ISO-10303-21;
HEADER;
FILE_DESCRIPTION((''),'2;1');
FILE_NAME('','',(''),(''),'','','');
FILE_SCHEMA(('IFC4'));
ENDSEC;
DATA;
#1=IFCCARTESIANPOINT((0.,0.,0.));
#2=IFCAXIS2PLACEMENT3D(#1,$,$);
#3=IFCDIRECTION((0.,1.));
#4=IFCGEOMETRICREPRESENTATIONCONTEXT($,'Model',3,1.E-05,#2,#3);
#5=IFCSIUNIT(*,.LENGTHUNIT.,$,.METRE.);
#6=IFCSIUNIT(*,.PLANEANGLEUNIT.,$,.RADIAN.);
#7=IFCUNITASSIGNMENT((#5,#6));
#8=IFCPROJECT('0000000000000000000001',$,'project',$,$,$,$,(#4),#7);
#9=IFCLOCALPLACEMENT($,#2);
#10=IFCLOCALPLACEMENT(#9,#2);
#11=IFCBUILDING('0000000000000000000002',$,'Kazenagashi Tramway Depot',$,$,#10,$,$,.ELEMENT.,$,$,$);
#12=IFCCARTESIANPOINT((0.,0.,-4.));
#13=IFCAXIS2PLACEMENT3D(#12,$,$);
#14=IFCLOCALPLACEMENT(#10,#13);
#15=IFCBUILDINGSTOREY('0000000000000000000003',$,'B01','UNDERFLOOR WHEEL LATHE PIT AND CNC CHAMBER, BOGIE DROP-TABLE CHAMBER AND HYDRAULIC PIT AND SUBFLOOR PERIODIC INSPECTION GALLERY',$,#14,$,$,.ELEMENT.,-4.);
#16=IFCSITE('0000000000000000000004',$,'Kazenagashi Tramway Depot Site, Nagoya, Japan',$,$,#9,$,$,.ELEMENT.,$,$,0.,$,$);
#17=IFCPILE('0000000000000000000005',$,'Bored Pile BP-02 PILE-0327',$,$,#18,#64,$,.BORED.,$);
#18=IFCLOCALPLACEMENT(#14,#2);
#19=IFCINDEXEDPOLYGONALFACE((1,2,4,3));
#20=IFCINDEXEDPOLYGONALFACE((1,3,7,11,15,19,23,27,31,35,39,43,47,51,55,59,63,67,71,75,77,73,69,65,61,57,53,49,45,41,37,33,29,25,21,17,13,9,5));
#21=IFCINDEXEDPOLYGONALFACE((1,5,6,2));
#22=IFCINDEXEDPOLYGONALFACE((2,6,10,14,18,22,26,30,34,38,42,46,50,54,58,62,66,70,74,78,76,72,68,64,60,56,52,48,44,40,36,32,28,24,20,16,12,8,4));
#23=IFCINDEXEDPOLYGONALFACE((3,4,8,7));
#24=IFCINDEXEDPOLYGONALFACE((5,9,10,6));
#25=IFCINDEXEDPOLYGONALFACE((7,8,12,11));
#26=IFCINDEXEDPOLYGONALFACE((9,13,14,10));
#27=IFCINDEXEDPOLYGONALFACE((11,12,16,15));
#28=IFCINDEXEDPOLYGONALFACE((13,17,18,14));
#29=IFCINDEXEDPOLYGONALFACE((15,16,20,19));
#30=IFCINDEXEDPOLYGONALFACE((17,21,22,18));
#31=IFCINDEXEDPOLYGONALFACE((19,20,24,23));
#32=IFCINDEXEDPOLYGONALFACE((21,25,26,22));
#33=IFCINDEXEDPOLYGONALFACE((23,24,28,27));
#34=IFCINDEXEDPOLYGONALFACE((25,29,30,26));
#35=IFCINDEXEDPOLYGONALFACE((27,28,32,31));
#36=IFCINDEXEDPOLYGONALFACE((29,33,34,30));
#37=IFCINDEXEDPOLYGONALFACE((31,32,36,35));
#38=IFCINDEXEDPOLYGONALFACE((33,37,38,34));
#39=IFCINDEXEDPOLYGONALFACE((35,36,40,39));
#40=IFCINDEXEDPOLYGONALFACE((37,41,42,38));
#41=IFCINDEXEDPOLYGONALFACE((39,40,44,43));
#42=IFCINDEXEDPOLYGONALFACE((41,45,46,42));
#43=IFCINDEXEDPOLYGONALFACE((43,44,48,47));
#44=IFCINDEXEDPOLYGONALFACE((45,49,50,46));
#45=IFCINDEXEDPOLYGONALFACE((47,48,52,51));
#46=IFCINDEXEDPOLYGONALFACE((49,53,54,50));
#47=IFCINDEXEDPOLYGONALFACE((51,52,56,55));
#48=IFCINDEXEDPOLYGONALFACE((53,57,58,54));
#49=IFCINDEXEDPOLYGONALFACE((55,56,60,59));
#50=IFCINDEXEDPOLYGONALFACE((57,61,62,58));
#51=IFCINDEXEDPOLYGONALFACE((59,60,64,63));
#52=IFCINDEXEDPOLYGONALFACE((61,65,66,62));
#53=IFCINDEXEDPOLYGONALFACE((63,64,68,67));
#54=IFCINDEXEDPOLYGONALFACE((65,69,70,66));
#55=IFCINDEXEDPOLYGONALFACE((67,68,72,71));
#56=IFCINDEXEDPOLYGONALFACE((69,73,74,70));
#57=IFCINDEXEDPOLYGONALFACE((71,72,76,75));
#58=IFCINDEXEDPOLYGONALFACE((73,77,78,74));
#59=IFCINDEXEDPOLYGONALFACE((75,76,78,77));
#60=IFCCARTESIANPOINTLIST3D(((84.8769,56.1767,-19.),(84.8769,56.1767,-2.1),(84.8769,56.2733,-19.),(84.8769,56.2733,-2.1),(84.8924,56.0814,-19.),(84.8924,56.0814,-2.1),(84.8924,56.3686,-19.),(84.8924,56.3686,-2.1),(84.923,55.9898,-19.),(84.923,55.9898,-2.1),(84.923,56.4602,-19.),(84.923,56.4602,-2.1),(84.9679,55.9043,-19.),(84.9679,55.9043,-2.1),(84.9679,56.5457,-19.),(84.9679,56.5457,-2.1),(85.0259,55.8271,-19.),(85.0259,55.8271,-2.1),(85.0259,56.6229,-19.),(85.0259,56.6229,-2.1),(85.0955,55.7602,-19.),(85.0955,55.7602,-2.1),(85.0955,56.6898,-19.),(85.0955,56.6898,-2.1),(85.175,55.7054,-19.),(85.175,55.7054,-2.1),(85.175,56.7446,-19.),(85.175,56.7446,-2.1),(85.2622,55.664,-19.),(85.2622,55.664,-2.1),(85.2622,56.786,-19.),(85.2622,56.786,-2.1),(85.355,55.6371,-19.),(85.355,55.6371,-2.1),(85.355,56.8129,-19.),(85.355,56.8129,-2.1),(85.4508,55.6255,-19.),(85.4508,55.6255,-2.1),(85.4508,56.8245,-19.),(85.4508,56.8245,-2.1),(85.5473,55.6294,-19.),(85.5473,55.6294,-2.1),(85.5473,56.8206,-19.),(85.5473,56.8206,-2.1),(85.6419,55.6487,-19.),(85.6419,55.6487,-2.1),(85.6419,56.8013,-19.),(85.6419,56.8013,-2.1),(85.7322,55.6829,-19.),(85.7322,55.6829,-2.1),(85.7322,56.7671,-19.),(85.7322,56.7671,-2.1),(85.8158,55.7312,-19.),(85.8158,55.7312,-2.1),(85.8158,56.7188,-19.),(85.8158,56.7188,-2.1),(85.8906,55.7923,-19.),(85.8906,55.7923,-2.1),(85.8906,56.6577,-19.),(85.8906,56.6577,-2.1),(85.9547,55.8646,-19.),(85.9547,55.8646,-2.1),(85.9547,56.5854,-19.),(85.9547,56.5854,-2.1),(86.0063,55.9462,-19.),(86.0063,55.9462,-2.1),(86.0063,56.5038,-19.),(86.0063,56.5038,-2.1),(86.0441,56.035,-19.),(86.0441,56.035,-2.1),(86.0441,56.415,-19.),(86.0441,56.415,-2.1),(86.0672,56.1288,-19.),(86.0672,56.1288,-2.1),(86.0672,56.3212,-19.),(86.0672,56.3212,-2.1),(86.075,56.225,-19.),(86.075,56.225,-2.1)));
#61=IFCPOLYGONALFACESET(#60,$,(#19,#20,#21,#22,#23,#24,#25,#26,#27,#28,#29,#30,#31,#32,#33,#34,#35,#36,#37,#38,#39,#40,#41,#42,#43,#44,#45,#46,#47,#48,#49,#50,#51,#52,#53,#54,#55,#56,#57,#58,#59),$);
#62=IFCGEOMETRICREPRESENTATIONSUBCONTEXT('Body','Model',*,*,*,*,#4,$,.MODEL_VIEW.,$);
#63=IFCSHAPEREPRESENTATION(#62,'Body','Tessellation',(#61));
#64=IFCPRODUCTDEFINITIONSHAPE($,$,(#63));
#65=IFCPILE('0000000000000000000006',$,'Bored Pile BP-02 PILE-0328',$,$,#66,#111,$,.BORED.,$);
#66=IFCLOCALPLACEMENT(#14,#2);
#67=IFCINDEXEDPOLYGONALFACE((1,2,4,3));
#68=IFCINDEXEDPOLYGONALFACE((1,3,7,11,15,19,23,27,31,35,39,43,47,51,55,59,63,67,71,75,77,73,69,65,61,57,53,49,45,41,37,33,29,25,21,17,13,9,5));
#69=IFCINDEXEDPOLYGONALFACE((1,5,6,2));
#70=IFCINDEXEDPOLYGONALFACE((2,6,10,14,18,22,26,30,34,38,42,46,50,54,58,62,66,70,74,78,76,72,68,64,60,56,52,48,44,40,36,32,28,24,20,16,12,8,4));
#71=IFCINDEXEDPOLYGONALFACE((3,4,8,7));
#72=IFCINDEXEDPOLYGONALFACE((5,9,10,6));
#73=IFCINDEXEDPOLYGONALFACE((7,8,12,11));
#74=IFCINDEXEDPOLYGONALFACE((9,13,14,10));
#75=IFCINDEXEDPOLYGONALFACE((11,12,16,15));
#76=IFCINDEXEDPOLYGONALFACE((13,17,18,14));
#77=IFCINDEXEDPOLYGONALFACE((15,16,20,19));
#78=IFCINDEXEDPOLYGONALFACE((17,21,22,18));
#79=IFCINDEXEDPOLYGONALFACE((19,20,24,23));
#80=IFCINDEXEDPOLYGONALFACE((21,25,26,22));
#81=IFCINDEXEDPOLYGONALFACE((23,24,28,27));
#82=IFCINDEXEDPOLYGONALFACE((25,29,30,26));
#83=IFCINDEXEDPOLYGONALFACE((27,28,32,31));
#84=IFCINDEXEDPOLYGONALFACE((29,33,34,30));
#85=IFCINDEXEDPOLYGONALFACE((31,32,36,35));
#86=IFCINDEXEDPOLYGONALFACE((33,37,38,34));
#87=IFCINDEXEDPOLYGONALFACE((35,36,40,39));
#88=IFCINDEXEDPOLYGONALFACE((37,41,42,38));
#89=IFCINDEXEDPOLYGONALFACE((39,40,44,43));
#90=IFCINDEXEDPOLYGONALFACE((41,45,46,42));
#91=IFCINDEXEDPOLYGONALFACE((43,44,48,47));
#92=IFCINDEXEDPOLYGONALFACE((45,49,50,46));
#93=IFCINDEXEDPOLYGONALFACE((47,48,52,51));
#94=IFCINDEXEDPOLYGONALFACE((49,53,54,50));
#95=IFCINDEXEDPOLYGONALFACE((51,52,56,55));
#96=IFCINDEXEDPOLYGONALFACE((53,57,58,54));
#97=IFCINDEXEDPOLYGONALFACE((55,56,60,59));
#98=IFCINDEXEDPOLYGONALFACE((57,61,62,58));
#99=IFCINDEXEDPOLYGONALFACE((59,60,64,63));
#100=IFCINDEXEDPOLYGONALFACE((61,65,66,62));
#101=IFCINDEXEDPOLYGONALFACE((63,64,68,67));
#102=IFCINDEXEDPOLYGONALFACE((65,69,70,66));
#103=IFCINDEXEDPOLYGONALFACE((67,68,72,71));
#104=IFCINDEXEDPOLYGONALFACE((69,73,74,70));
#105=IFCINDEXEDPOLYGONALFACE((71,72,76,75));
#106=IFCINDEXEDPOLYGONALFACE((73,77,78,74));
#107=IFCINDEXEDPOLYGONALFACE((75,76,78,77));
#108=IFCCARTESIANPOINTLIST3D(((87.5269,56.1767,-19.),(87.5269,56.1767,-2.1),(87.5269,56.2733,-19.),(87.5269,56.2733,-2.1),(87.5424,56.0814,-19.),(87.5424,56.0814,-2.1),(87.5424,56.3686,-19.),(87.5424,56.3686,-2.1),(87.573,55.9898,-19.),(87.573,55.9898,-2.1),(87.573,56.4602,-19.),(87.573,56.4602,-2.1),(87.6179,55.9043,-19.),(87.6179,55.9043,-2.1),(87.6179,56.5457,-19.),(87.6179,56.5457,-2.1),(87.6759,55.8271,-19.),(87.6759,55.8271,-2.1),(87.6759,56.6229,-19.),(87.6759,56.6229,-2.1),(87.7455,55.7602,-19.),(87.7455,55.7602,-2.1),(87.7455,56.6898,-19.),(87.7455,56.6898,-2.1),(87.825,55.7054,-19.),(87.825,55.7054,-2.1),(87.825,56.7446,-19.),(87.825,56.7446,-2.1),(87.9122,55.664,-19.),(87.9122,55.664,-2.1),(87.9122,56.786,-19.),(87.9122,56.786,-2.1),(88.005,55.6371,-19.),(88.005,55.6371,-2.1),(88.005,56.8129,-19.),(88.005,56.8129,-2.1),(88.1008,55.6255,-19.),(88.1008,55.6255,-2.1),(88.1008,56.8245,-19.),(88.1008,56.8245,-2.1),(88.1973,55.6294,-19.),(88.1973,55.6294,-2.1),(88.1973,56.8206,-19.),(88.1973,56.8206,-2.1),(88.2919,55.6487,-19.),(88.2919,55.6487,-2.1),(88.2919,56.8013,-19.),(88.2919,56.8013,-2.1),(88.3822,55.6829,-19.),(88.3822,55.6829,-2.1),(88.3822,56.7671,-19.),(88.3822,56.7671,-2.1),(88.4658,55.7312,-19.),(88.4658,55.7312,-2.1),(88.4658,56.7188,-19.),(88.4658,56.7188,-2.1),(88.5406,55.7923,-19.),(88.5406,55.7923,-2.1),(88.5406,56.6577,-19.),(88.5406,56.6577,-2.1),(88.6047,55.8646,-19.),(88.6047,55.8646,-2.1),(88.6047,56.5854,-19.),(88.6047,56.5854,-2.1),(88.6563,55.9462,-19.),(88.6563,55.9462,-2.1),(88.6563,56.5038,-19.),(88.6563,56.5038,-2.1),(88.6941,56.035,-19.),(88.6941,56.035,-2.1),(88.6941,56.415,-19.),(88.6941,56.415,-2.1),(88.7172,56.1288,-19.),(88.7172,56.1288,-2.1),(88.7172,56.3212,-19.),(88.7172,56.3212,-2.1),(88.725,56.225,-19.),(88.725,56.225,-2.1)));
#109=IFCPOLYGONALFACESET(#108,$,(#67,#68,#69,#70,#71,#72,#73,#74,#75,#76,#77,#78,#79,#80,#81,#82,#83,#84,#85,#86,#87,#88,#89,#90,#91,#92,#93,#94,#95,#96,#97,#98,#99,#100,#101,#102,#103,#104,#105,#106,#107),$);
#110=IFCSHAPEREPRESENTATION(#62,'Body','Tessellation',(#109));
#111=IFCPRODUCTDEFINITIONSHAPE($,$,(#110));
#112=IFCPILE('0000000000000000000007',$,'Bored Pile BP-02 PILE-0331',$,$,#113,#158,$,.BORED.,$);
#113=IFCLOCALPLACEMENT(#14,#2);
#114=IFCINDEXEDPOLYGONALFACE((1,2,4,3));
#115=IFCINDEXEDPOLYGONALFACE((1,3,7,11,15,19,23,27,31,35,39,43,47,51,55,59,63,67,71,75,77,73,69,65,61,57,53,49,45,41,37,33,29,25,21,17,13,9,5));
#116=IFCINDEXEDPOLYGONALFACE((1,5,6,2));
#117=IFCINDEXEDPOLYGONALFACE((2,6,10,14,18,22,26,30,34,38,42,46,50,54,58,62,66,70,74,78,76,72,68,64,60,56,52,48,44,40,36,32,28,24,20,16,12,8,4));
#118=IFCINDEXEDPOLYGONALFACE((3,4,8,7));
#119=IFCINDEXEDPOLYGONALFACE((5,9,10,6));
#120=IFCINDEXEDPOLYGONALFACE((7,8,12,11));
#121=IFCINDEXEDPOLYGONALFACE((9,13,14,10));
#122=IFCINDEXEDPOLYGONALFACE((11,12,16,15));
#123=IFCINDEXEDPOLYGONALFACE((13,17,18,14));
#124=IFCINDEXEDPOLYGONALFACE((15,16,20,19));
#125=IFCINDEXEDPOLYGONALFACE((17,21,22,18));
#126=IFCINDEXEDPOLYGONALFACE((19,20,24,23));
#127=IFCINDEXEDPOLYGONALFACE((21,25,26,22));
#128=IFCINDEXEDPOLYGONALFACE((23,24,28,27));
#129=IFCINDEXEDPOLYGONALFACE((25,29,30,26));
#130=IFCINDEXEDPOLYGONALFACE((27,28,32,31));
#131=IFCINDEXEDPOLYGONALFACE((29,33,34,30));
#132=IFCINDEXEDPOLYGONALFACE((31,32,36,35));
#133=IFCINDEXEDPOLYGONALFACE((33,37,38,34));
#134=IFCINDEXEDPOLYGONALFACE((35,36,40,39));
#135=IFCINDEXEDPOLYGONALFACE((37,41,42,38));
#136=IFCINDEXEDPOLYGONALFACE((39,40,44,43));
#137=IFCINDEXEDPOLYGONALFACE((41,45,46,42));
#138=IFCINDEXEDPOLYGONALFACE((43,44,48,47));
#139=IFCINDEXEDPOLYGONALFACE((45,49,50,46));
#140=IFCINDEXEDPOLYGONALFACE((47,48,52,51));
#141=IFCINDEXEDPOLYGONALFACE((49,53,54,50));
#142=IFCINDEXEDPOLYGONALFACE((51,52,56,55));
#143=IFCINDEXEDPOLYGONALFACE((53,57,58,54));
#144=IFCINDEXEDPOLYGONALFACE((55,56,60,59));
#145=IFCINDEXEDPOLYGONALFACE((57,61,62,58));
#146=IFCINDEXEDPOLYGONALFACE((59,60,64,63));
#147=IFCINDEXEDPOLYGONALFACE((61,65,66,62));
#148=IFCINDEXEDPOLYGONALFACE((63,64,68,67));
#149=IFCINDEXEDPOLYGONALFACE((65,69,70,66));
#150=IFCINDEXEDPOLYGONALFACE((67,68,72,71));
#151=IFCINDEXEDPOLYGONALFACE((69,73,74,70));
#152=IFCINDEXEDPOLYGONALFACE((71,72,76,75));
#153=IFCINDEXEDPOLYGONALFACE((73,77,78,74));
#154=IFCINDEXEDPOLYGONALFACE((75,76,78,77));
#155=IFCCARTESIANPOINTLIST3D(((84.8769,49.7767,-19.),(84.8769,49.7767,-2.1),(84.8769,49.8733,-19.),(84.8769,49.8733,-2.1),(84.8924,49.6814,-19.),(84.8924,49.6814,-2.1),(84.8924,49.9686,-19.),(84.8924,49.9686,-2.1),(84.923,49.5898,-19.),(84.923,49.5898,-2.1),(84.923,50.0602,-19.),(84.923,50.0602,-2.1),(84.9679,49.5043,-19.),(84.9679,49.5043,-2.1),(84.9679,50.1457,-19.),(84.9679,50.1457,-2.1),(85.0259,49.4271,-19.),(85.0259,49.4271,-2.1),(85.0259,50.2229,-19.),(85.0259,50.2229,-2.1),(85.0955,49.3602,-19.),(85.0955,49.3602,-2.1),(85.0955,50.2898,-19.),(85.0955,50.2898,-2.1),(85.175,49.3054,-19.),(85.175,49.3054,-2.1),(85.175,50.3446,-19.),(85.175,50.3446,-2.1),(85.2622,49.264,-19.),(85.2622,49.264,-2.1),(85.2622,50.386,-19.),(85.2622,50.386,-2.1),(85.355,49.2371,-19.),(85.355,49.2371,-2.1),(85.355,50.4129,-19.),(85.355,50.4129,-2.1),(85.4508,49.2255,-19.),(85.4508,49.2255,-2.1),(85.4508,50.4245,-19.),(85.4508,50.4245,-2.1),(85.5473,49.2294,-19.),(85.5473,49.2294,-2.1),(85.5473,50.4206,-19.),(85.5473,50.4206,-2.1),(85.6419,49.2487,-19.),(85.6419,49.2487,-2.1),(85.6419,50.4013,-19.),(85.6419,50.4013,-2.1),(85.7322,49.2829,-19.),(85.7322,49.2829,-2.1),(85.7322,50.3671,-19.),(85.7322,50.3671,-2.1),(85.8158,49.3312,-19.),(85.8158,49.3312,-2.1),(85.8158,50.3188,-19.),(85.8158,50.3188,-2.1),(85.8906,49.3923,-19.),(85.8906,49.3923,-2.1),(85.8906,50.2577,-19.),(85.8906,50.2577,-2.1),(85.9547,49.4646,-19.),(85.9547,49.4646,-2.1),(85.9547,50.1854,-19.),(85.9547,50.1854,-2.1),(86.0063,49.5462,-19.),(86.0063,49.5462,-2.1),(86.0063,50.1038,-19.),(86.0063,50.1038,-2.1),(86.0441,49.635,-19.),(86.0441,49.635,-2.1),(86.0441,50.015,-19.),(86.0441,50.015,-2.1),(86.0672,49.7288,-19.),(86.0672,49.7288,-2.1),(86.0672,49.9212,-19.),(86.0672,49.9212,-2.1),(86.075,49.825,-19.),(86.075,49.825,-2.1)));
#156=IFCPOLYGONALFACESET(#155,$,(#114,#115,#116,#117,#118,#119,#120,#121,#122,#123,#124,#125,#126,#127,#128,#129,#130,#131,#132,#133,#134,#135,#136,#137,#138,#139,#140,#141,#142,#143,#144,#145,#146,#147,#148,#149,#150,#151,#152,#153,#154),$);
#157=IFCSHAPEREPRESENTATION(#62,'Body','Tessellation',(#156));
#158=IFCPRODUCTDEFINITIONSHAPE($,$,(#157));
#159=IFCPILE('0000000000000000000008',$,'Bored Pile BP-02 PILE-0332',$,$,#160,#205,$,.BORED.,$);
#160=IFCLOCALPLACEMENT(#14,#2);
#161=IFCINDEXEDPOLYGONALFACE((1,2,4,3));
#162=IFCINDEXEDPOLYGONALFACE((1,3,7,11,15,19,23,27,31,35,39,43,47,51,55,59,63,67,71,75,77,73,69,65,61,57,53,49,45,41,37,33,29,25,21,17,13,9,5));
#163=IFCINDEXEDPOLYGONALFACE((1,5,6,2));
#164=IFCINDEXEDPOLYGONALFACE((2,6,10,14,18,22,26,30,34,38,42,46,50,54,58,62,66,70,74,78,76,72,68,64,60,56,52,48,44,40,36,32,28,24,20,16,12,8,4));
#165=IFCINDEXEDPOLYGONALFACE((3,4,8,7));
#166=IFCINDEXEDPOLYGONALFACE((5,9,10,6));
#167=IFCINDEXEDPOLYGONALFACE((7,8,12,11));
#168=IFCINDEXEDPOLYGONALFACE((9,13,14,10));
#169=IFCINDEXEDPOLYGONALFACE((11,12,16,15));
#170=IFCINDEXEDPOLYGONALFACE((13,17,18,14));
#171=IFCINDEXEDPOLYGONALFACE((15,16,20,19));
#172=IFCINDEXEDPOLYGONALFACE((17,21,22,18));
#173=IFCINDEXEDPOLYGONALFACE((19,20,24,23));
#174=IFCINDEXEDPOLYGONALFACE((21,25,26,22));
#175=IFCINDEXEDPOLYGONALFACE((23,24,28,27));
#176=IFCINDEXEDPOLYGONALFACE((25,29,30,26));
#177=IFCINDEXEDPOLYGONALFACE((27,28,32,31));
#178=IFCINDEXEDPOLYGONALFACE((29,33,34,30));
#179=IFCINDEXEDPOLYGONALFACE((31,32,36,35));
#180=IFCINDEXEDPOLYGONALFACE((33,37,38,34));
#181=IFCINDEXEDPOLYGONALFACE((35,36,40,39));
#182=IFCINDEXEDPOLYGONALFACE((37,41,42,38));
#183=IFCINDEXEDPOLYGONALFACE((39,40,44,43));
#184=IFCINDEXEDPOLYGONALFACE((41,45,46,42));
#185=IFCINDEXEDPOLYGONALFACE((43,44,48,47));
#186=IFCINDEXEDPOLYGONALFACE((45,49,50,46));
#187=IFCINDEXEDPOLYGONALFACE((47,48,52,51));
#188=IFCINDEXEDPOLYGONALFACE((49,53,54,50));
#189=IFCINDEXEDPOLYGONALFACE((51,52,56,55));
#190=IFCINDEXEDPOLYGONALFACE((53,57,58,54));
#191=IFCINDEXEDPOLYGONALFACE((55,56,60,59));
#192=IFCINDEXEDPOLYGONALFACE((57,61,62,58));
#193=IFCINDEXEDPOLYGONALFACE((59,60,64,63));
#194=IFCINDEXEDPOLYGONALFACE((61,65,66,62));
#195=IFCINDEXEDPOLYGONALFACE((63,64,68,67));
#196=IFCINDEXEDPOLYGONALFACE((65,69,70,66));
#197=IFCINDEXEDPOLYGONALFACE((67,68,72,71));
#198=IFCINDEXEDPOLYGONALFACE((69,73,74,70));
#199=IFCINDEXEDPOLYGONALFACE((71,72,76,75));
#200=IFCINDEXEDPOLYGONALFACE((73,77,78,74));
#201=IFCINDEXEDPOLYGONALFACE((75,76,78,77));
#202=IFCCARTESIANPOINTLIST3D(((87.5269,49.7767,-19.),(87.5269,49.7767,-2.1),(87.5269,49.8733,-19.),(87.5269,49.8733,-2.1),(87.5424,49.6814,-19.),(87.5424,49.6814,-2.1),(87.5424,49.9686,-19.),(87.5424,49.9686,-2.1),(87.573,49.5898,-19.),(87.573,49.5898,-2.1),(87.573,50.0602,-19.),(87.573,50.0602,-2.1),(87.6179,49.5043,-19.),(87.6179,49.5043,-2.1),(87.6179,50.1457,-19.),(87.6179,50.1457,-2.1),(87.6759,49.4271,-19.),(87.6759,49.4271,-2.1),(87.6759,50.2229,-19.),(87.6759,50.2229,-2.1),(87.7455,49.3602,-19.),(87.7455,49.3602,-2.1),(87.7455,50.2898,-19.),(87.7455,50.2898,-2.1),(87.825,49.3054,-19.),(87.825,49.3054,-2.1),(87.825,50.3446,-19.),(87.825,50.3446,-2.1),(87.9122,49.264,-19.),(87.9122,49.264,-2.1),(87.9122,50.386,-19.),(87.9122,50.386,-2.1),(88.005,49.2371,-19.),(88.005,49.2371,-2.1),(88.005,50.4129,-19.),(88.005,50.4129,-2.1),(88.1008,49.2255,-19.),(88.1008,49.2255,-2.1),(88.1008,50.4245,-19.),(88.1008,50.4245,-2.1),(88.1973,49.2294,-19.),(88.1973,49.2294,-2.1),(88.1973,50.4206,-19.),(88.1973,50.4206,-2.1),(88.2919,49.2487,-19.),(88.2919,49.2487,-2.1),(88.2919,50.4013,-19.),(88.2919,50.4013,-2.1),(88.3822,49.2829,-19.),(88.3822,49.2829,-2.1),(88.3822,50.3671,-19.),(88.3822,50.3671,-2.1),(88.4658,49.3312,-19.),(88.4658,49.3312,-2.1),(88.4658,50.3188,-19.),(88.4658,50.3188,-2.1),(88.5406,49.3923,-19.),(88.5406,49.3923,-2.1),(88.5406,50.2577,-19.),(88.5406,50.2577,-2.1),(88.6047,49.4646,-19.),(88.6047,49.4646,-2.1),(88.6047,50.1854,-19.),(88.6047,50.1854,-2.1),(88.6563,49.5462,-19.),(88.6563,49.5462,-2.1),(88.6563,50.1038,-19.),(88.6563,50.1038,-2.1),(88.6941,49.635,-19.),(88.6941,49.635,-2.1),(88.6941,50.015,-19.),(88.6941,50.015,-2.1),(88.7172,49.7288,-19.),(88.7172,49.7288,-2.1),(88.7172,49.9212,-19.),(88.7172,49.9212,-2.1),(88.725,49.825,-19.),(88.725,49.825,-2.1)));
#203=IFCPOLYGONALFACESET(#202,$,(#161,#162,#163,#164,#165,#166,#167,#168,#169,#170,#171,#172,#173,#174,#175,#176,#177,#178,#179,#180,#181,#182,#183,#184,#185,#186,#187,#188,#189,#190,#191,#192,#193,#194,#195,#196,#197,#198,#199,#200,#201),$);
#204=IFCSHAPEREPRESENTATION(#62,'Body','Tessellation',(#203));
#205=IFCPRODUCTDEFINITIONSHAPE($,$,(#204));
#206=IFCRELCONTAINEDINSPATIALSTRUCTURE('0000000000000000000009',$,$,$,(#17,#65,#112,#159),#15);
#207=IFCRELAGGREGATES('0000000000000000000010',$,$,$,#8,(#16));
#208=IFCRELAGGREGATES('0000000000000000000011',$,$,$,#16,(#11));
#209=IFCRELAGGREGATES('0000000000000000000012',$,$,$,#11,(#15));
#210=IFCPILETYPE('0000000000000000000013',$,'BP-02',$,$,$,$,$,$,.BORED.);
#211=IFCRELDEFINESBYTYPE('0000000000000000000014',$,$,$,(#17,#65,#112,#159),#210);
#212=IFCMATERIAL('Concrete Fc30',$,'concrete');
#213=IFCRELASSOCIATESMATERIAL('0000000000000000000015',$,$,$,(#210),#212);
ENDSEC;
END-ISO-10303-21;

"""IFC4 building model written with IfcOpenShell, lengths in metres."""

from ifc_helpers import new_model, si_unit, direction, frame, origin, origin_2d, place, context, subcontext, project, spatial, circle, extrude, material, material_profile, profile_set, type_object, element, save


model = new_model("IFC4")

# Units and contexts
model_context = context("Model", 3, precision=1e-05, world=origin(), true_north=direction((0.0, 1.0)))
body_context = subcontext(model_context, "Body", "Model", "MODEL_VIEW")
ifc_project = project(units=[si_unit("LENGTHUNIT", "METRE"), si_unit("PLANEANGLEUNIT", "RADIAN")], contexts=[model_context])

# Site, building, storey
site_placement = place(None, origin())
site = spatial("IfcSite", under=ifc_project, at=site_placement, Name="Kazenagashi Tramway Depot Site, Nagoya, Japan", CompositionType="ELEMENT", RefElevation=0.0)
building_placement = place(site_placement, origin())
building = spatial("IfcBuilding", under=site, at=building_placement, Name="Kazenagashi Tramway Depot", CompositionType="ELEMENT")
storey_placement = place(building_placement, frame((0.0, 0.0, -4.0)))
storey = spatial("IfcBuildingStorey", under=building, at=storey_placement, Name="B01", Description="UNDERFLOOR WHEEL LATHE PIT AND CNC CHAMBER, BOGIE DROP-TABLE CHAMBER AND HYDRAULIC PIT AND SUBFLOOR PERIODIC INSPECTION GALLERY", CompositionType="ELEMENT", Elevation=-4.0)

# Piles
ifc_material_1 = material(Name="Concrete Fc30", Category="concrete")
ifc_material_profile_1 = material_profile(ifc_material_1, circle(Radius=0.6, at=origin_2d()), Name="PILE-1200")
ifc_profile_set_1 = profile_set([ifc_material_profile_1], Name="Concrete Fc30")
pile_type = type_object("IfcPileType", Name="BP-02", PredefinedType="BORED", material=ifc_profile_set_1)
for number, where, z_axis, x_axis, name in (
    (1, (85.475, 56.225, -2.1), (0.0, 0.0, -1.0), (1.0, 0.0, 0.0), "Bored Pile BP-02 PILE-0327"),
    (2, (88.125, 56.225, -2.1), (0.0, 0.0, -1.0), (1.0, 0.0, 0.0), "Bored Pile BP-02 PILE-0328"),
    (3, (85.475, 49.825, -2.1), (0.0, 0.0, -1.0), (1.0, 0.0, 0.0), "Bored Pile BP-02 PILE-0331"),
    (4, (88.125, 49.825, -2.1), (0.0, 0.0, -1.0), (1.0, 0.0, 0.0), "Bored Pile BP-02 PILE-0332"),
):
    element("IfcPile", number, at=place(storey_placement, frame(where, z_axis=z_axis, x_axis=x_axis)), inside=storey, type_object=pile_type, Name=name, PredefinedType="BORED", context=body_context, shape_type="SweptSolid", body=[
        extrude(circle(Radius=0.6, at=origin_2d()), origin(), (0.0, 0.0, 1.0), 16.9),
    ])

save(model, "model.ifc")
